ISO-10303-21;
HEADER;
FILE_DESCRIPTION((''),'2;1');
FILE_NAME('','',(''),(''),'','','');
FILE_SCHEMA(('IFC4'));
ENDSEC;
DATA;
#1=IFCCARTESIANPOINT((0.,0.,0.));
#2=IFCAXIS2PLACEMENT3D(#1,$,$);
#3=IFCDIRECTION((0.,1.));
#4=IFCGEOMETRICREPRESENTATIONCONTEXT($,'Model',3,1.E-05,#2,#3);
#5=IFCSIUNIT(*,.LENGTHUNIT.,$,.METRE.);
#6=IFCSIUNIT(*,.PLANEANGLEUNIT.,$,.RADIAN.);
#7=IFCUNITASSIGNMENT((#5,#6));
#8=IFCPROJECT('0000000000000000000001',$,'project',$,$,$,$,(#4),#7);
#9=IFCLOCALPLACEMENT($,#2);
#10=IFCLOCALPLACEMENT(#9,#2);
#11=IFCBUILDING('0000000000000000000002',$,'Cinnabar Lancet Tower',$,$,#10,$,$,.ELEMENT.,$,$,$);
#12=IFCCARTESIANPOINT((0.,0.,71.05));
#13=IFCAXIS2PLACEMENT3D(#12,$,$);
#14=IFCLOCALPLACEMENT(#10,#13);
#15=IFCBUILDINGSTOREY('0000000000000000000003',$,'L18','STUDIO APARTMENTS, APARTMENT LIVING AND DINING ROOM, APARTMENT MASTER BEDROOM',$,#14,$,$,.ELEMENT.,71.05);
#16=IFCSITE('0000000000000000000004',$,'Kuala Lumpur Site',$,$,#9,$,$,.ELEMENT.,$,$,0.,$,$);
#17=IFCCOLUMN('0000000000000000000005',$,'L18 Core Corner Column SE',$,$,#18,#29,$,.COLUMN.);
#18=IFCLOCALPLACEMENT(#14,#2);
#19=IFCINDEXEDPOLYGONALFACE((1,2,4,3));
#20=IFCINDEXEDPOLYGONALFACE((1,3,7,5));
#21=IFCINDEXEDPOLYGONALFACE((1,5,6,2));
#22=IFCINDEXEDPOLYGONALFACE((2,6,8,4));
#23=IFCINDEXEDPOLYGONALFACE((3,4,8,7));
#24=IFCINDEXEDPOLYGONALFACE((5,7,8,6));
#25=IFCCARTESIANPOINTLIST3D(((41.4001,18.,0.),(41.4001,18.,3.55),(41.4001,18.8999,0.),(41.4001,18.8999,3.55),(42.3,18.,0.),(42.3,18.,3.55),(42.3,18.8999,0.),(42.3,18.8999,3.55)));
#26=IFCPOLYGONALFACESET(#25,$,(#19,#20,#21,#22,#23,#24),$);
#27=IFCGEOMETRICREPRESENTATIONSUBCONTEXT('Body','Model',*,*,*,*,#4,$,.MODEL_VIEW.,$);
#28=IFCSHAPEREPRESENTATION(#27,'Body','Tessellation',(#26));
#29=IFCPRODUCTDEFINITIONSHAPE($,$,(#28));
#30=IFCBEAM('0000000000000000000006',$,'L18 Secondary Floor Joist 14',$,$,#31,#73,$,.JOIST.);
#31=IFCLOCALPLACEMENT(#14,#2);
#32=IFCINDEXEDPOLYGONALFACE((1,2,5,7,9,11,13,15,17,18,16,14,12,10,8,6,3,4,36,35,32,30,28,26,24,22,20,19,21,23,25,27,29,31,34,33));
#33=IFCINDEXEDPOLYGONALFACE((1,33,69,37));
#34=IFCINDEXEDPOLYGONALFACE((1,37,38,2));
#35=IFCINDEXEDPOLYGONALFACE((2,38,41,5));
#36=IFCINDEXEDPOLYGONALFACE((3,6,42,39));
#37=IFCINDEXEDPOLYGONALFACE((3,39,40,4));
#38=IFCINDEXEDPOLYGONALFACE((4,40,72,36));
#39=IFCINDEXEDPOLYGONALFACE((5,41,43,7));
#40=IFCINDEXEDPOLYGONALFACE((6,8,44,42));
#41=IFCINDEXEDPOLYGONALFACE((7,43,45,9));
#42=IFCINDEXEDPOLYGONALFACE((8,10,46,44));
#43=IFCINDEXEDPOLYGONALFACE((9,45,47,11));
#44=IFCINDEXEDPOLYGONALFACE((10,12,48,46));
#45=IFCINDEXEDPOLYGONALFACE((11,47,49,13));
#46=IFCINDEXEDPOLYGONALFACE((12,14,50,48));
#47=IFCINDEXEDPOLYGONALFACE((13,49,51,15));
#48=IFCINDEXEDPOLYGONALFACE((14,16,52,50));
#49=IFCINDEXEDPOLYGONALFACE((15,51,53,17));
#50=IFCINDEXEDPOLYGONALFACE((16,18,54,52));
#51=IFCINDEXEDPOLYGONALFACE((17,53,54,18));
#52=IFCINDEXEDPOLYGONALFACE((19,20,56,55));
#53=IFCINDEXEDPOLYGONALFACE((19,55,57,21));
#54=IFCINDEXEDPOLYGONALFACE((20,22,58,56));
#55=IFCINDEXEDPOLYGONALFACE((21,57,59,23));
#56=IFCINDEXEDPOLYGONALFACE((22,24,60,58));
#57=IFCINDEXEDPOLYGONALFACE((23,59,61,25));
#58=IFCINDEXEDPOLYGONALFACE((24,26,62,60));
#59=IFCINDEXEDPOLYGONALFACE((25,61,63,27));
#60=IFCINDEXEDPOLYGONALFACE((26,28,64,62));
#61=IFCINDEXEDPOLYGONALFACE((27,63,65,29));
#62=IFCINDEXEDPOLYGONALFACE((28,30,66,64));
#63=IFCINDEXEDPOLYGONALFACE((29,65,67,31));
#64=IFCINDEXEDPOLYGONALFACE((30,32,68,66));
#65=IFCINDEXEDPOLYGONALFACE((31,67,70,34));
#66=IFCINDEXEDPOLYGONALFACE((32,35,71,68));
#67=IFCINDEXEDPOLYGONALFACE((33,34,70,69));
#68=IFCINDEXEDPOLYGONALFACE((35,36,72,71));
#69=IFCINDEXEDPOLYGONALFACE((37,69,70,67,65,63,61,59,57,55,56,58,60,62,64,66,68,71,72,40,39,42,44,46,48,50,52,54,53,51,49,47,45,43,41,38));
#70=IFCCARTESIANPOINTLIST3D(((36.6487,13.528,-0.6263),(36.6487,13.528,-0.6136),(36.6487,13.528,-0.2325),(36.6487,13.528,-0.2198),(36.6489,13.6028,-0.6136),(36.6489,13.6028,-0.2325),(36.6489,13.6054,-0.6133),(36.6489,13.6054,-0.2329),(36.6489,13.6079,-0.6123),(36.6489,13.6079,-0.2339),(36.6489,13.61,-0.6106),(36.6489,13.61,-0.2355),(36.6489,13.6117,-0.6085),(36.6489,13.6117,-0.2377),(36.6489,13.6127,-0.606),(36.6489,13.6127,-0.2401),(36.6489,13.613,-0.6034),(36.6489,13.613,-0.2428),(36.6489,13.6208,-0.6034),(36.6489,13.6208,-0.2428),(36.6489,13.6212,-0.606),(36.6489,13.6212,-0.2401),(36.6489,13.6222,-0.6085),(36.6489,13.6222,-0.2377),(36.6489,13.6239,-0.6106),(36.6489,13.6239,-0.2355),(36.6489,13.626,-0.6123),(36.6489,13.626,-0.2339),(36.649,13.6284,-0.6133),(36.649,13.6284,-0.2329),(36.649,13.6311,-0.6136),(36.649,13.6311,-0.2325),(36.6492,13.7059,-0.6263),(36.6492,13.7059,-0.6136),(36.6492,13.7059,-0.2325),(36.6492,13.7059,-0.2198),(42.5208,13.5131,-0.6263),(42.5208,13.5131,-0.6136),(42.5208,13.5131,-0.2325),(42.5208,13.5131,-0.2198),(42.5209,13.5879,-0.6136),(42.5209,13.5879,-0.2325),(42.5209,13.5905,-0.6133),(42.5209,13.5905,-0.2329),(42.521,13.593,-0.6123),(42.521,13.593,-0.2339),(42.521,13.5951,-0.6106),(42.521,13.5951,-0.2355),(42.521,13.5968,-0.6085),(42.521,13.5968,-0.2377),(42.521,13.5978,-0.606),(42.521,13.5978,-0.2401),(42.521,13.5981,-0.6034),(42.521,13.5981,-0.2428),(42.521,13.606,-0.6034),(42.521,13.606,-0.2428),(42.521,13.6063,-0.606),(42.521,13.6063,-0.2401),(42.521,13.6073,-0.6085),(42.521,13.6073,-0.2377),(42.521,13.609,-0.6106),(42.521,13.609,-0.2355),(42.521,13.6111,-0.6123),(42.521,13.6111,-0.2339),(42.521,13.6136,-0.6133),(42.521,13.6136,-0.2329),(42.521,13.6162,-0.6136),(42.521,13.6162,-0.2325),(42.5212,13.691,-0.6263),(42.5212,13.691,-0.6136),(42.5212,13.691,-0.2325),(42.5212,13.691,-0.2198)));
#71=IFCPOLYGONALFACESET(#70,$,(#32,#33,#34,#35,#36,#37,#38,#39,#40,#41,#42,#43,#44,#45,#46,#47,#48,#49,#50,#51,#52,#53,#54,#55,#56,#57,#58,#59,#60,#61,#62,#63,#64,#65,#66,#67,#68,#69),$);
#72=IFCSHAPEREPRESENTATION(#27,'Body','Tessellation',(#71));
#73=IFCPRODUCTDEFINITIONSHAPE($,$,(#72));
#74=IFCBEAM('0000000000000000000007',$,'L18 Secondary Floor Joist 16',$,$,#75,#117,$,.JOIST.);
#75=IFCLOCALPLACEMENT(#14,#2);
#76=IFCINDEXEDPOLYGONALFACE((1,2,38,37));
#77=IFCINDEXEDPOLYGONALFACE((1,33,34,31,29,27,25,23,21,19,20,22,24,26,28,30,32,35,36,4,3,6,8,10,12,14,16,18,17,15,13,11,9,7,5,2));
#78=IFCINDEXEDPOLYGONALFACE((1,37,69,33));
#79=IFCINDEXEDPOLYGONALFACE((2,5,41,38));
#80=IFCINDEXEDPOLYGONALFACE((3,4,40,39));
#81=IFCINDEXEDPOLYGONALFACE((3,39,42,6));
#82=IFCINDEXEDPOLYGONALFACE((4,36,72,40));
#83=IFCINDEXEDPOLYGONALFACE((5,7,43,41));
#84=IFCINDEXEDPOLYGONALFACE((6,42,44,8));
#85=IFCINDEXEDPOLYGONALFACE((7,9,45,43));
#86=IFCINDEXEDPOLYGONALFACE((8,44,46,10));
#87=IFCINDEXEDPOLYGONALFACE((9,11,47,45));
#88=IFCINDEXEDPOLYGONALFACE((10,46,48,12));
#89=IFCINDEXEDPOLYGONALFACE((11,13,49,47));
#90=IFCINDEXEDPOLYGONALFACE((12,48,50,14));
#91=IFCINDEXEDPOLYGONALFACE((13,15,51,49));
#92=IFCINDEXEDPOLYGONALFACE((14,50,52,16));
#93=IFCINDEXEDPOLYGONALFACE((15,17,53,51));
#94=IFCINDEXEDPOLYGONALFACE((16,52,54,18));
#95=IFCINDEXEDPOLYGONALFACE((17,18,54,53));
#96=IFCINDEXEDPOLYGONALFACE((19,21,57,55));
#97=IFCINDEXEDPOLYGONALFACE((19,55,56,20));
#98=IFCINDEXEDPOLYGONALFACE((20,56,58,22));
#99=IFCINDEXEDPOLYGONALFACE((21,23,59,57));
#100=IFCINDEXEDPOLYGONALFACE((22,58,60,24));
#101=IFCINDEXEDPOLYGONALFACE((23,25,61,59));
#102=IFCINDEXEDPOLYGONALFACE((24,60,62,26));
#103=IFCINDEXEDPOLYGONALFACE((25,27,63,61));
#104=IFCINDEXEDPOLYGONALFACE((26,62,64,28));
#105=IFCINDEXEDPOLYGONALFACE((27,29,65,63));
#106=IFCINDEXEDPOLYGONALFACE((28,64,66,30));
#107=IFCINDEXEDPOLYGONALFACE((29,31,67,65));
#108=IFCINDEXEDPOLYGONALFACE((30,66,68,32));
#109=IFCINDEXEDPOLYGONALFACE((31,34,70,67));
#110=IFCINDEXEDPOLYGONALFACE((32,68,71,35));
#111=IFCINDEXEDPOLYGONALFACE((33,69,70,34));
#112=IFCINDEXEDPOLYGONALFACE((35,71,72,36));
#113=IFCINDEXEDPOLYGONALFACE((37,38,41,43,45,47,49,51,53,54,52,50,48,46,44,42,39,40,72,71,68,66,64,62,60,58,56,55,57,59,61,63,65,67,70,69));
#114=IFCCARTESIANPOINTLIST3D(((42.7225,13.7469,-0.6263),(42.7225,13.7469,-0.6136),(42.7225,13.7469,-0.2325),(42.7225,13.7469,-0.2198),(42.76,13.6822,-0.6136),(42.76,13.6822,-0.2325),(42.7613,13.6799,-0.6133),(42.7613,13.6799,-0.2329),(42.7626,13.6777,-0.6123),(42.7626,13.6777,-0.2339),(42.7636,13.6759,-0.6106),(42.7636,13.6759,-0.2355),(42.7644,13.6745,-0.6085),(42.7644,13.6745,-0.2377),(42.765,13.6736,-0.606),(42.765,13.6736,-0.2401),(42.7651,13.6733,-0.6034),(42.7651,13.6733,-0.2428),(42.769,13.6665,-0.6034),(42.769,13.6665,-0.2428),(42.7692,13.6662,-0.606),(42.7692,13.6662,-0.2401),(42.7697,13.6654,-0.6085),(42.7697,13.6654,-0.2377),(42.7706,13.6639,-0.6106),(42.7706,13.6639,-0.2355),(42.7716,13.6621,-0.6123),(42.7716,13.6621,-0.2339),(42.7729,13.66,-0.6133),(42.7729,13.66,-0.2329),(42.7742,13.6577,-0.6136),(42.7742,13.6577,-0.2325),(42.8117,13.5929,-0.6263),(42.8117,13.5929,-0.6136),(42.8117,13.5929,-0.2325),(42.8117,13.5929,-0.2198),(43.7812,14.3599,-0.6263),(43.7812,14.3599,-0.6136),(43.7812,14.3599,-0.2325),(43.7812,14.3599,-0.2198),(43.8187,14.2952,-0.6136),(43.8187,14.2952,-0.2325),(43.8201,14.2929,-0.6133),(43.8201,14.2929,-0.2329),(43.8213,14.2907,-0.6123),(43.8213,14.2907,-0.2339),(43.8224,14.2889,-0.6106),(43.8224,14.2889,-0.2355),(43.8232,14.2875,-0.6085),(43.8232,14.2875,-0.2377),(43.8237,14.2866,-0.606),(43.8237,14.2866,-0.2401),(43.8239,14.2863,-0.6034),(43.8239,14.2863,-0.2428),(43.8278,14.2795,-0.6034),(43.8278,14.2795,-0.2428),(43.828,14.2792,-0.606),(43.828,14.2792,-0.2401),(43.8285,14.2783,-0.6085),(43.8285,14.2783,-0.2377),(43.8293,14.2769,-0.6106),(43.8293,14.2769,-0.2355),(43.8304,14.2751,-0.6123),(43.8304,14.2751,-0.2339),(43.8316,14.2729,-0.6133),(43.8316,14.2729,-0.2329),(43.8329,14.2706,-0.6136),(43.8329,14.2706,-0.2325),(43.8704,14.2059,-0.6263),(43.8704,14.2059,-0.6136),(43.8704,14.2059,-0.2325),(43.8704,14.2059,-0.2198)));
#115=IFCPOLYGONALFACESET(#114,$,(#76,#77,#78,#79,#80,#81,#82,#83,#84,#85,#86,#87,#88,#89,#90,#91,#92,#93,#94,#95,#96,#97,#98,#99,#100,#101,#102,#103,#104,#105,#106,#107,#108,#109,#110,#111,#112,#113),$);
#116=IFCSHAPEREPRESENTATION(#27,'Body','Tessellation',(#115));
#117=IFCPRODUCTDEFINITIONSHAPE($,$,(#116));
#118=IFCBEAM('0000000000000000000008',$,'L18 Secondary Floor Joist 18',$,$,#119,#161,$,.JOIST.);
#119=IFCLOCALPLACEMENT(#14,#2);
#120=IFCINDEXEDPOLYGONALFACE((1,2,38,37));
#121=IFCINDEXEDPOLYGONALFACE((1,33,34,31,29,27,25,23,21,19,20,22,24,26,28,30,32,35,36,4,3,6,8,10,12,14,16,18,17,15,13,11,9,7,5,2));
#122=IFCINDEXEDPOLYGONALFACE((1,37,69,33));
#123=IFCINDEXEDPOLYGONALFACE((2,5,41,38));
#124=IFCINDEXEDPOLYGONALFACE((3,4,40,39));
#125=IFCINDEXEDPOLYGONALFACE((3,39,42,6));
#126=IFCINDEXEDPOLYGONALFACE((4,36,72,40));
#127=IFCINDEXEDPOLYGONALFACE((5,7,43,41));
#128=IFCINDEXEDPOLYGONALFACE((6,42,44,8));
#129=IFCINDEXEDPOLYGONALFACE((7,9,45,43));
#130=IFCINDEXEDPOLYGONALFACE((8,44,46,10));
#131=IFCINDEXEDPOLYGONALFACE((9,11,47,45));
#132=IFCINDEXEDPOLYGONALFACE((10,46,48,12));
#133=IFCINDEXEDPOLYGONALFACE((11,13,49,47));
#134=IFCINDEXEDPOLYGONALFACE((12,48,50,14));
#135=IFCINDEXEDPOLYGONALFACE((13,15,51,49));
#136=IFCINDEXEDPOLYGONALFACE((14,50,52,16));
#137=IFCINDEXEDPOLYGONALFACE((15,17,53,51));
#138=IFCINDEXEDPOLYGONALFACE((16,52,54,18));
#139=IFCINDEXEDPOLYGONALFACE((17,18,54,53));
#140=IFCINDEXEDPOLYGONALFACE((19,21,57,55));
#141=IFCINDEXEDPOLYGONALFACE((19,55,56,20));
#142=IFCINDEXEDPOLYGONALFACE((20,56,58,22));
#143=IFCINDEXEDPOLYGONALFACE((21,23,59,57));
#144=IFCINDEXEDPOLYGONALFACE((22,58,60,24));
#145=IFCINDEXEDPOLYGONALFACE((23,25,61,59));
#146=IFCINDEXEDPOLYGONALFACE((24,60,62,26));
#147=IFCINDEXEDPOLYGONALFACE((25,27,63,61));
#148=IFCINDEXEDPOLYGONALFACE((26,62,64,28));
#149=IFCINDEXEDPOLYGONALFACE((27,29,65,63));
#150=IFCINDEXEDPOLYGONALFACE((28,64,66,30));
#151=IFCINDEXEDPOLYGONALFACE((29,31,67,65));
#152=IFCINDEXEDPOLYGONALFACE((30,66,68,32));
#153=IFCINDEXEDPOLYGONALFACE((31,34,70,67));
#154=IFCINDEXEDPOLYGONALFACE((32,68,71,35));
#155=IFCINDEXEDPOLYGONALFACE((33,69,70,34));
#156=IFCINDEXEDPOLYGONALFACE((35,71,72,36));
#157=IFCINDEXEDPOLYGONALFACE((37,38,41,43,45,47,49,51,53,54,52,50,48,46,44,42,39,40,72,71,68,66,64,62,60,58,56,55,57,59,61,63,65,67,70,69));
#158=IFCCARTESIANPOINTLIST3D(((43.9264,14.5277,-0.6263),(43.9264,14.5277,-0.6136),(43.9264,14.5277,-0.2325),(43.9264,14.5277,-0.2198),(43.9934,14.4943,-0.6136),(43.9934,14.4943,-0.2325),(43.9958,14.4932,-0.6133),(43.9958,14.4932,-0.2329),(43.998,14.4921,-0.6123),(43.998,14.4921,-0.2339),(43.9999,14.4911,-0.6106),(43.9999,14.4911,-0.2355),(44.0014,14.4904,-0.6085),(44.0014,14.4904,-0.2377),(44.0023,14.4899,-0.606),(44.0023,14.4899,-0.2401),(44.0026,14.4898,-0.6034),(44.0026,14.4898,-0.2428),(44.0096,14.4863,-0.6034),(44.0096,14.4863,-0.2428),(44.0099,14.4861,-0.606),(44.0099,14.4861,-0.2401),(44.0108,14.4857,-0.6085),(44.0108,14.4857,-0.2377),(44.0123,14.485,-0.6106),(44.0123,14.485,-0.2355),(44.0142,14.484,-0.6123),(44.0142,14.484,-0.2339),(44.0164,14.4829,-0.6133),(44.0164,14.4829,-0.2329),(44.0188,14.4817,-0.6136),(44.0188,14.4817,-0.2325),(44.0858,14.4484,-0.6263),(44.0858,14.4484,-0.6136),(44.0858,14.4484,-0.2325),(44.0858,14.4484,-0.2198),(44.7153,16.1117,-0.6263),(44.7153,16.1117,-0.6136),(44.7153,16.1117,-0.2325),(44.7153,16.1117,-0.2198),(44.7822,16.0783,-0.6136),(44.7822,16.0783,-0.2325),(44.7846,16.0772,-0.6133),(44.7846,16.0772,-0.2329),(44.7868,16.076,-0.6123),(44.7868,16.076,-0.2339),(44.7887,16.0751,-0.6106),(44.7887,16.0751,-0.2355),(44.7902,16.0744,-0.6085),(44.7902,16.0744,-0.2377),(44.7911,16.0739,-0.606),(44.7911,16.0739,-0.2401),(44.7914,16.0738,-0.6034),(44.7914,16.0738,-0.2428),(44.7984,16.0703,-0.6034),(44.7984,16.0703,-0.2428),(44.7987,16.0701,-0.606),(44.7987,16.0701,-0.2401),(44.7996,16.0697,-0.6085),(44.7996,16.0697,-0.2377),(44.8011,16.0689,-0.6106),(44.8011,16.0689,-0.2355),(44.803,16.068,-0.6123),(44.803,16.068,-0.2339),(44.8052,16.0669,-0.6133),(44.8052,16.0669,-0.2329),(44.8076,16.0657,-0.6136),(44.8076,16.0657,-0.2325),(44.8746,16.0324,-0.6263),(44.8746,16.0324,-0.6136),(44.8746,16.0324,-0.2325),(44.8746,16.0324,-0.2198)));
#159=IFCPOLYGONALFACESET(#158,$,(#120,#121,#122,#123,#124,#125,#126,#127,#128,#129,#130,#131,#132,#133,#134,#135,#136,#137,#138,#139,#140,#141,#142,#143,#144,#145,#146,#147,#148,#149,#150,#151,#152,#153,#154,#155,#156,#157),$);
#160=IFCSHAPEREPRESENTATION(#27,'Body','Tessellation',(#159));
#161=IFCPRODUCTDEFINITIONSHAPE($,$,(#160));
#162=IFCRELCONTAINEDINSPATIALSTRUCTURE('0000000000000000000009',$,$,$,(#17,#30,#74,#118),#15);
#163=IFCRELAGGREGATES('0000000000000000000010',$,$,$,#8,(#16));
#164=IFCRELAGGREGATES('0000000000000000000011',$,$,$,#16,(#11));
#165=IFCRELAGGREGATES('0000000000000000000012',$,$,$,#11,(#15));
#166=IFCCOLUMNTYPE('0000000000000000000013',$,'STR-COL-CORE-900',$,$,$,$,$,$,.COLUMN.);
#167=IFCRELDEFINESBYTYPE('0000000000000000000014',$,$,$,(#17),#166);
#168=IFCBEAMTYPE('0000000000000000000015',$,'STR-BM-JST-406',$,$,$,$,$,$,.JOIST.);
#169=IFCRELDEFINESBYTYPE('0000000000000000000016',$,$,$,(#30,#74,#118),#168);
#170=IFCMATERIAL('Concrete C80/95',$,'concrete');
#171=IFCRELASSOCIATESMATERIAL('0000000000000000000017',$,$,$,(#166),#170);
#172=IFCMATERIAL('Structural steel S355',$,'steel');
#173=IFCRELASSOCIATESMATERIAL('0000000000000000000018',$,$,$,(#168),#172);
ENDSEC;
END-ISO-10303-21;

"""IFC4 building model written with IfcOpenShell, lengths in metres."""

from ifc_helpers import new_model, si_unit, direction, frame, origin, origin_2d, place, context, subcontext, project, spatial, rectangle, i_section, extrude, material, material_profile, profile_set, type_object, element, save


model = new_model("IFC4")

# Units and contexts
model_context = context("Model", 3, precision=1e-05, world=origin(), true_north=direction((0.0, 1.0)))
body_context = subcontext(model_context, "Body", "Model", "MODEL_VIEW")
ifc_project = project(units=[si_unit("LENGTHUNIT", "METRE"), si_unit("PLANEANGLEUNIT", "RADIAN")], contexts=[model_context])

# Site, building, storey
site_placement = place(None, origin())
site = spatial("IfcSite", under=ifc_project, at=site_placement, Name="Kuala Lumpur Site", CompositionType="ELEMENT", RefElevation=0.0)
building_placement = place(site_placement, origin())
building = spatial("IfcBuilding", under=site, at=building_placement, Name="Cinnabar Lancet Tower", CompositionType="ELEMENT")
storey_placement = place(building_placement, frame((0.0, 0.0, 71.05)))
storey = spatial("IfcBuildingStorey", under=building, at=storey_placement, Name="L18", Description="STUDIO APARTMENTS, APARTMENT LIVING AND DINING ROOM, APARTMENT MASTER BEDROOM", CompositionType="ELEMENT", Elevation=71.05)

# Column
ifc_material_1 = material(Name="Concrete C80/95", Category="concrete")
ifc_material_profile_1 = material_profile(ifc_material_1, rectangle(XDim=0.8999, YDim=0.8999, at=origin_2d()), Name="RC-COL 900x900")
ifc_profile_set_1 = profile_set([ifc_material_profile_1], Name="Concrete C80/95")
column_type = type_object("IfcColumnType", Name="STR-COL-CORE-900", PredefinedType="COLUMN", material=ifc_profile_set_1)
column_placement = place(storey_placement, frame((41.8501, 18.45, 0.0), z_axis=(0.0, 0.0, 1.0), x_axis=(1.0, 0.0, 0.0)))
element("IfcColumn", 1, at=column_placement, inside=storey, type_object=column_type, Name="L18 Core Corner Column SE", PredefinedType="COLUMN", context=body_context, shape_type="SweptSolid", body=[
    extrude(rectangle(XDim=0.8999, YDim=0.8999, at=origin_2d()), origin(), (0.0, 0.0, 1.0), 3.55),
])

# Beams
ifc_material_2 = material(Name="Structural steel S355", Category="steel")
ifc_material_profile_2 = material_profile(ifc_material_2, i_section(OverallWidth=0.178, OverallDepth=0.4065, WebThickness=0.0078, FlangeThickness=0.0127, FilletRadius=0.0103, at=origin_2d()), Name="UKB 406x178x60")
ifc_profile_set_2 = profile_set([ifc_material_profile_2], Name="Structural steel S355")
beam_type_1 = type_object("IfcBeamType", Name="STR-BM-JST-406", PredefinedType="JOIST", material=ifc_profile_set_2)
beam_1_placement = place(storey_placement, frame((36.6489, 13.6169, -0.4231), z_axis=(0.999997, -0.002536, 0.0), x_axis=(0.002536, 0.999997, 0.0)))
element("IfcBeam", 2, at=beam_1_placement, inside=storey, type_object=beam_type_1, Name="L18 Secondary Floor Joist 14", PredefinedType="JOIST", context=body_context, shape_type="SweptSolid", body=[
    extrude(i_section(OverallWidth=0.178, OverallDepth=0.4065, WebThickness=0.0078, FlangeThickness=0.0127, FilletRadius=0.0103, at=origin_2d()), origin(), (0.0, 0.0, 1.0), 5.8721),
])
beam_2_placement = place(storey_placement, frame((42.7671, 13.6699, -0.4231), z_axis=(0.865417, 0.501052, 0.0), x_axis=(-0.501052, 0.865417, 0.0)))
element("IfcBeam", 3, at=beam_2_placement, inside=storey, type_object=beam_type_1, Name="L18 Secondary Floor Joist 16", PredefinedType="JOIST", context=body_context, shape_type="SweptSolid", body=[
    extrude(i_section(OverallWidth=0.178, OverallDepth=0.4065, WebThickness=0.0078, FlangeThickness=0.0127, FilletRadius=0.0103, at=origin_2d()), origin(), (0.0, 0.0, 1.0), 1.2234),
])
beam_3_placement = place(storey_placement, frame((44.0061, 14.488, -0.4231), z_axis=(0.445778, 0.895143, 0.0), x_axis=(-0.895143, 0.445778, 0.0)))
element("IfcBeam", 4, at=beam_3_placement, inside=storey, type_object=beam_type_1, Name="L18 Secondary Floor Joist 18", PredefinedType="JOIST", context=body_context, shape_type="SweptSolid", body=[
    extrude(i_section(OverallWidth=0.178, OverallDepth=0.4065, WebThickness=0.0078, FlangeThickness=0.0127, FilletRadius=0.0103, at=origin_2d()), origin(), (0.0, 0.0, 1.0), 1.7695),
])

save(model, "model.ifc")
